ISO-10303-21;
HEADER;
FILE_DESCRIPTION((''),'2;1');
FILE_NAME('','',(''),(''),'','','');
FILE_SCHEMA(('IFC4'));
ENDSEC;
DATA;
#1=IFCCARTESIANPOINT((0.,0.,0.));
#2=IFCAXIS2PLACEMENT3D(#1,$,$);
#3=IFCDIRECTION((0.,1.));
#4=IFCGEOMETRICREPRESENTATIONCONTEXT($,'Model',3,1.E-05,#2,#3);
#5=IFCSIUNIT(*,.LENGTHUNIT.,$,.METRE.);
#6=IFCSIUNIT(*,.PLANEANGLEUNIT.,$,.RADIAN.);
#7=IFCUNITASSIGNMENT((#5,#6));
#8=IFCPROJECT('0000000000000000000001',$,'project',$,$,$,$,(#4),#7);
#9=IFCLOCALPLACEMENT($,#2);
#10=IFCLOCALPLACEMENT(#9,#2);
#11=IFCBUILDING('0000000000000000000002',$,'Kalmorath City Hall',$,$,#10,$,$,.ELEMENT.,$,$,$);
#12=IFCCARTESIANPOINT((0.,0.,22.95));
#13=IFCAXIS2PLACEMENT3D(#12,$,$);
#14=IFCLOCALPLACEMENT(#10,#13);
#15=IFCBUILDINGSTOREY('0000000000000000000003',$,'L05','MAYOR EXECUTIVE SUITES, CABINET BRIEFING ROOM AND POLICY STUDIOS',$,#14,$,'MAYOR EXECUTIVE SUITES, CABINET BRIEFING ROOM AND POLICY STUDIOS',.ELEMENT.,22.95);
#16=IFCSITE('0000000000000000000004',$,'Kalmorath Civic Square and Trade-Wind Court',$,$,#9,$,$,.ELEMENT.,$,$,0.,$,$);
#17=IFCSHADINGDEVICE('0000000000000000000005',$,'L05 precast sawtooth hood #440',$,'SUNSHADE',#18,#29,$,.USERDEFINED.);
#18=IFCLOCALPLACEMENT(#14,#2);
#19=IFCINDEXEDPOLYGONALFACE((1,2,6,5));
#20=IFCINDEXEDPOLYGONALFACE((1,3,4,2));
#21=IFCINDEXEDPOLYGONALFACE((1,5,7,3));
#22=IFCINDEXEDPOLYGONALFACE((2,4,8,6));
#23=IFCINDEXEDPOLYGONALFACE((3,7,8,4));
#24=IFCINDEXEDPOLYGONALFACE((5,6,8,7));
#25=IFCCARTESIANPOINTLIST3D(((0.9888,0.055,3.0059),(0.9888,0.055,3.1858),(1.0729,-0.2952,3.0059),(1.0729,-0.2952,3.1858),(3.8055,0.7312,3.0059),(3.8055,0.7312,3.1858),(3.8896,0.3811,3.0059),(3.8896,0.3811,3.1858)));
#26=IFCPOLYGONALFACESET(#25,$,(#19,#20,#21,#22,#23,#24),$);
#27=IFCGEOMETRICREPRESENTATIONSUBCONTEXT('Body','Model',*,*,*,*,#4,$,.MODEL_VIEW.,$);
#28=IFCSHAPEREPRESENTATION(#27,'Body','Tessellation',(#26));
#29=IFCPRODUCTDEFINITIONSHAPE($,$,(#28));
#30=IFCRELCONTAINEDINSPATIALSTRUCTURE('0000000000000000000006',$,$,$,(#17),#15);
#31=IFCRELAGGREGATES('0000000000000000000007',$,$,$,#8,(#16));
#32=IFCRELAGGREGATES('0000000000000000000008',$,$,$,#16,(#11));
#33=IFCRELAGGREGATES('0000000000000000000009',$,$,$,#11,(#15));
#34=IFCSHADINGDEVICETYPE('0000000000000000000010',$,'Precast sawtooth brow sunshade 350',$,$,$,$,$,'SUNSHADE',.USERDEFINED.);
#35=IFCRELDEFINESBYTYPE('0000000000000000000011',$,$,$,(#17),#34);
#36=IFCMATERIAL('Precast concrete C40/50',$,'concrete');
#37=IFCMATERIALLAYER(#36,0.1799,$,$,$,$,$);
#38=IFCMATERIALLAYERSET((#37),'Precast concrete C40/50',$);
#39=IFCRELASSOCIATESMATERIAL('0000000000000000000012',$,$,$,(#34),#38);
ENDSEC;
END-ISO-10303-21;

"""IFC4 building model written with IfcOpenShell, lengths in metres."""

from ifc_helpers import new_model, si_unit, direction, frame, origin, origin_2d, place, context, subcontext, project, spatial, rectangle, extrude, material, layer, layer_set, type_object, element, save


model = new_model("IFC4")

# Units and contexts
model_context = context("Model", 3, precision=1e-05, world=origin(), true_north=direction((0.0, 1.0)))
body_context = subcontext(model_context, "Body", "Model", "MODEL_VIEW")
ifc_project = project(units=[si_unit("LENGTHUNIT", "METRE"), si_unit("PLANEANGLEUNIT", "RADIAN")], contexts=[model_context])

# Site, building, storey
site_placement = place(None, origin())
site = spatial("IfcSite", under=ifc_project, at=site_placement, Name="Kalmorath Civic Square and Trade-Wind Court", CompositionType="ELEMENT", RefElevation=0.0)
building_placement = place(site_placement, origin())
building = spatial("IfcBuilding", under=site, at=building_placement, Name="Kalmorath City Hall", CompositionType="ELEMENT")
storey_placement = place(building_placement, frame((0.0, 0.0, 22.95)))
storey = spatial("IfcBuildingStorey", under=building, at=storey_placement, Name="L05", Description="MAYOR EXECUTIVE SUITES, CABINET BRIEFING ROOM AND POLICY STUDIOS", LongName="MAYOR EXECUTIVE SUITES, CABINET BRIEFING ROOM AND POLICY STUDIOS", CompositionType="ELEMENT", Elevation=22.95)

# Shading device
ifc_material_1 = material(Name="Precast concrete C40/50", Category="concrete")
ifc_layer_1 = layer(ifc_material_1, 0.1799)
ifc_layer_set_1 = layer_set([ifc_layer_1], Name="Precast concrete C40/50")
shading_device_type = type_object("IfcShadingDeviceType", Name="Precast sawtooth brow sunshade 350", ElementType="SUNSHADE", PredefinedType="USERDEFINED", material=ifc_layer_set_1)
for number, where, z_axis, x_axis, name in (
    (1, (2.4392, 0.218, 3.0059), (0.0, 0.0, 1.0), (-0.97237, -0.233445, 0.0), "L05 precast sawtooth hood #440"),
):
    element("IfcShadingDevice", number, at=place(storey_placement, frame(where, z_axis=z_axis, x_axis=x_axis)), inside=storey, type_object=shading_device_type, Name=name, ObjectType="SUNSHADE", PredefinedType="USERDEFINED", context=body_context, shape_type="SweptSolid", body=[
        extrude(rectangle(XDim=2.8967, YDim=0.3601, at=origin_2d()), origin(), (0.0, 0.0, 1.0), 0.1799),
    ])

save(model, "model.ifc")
